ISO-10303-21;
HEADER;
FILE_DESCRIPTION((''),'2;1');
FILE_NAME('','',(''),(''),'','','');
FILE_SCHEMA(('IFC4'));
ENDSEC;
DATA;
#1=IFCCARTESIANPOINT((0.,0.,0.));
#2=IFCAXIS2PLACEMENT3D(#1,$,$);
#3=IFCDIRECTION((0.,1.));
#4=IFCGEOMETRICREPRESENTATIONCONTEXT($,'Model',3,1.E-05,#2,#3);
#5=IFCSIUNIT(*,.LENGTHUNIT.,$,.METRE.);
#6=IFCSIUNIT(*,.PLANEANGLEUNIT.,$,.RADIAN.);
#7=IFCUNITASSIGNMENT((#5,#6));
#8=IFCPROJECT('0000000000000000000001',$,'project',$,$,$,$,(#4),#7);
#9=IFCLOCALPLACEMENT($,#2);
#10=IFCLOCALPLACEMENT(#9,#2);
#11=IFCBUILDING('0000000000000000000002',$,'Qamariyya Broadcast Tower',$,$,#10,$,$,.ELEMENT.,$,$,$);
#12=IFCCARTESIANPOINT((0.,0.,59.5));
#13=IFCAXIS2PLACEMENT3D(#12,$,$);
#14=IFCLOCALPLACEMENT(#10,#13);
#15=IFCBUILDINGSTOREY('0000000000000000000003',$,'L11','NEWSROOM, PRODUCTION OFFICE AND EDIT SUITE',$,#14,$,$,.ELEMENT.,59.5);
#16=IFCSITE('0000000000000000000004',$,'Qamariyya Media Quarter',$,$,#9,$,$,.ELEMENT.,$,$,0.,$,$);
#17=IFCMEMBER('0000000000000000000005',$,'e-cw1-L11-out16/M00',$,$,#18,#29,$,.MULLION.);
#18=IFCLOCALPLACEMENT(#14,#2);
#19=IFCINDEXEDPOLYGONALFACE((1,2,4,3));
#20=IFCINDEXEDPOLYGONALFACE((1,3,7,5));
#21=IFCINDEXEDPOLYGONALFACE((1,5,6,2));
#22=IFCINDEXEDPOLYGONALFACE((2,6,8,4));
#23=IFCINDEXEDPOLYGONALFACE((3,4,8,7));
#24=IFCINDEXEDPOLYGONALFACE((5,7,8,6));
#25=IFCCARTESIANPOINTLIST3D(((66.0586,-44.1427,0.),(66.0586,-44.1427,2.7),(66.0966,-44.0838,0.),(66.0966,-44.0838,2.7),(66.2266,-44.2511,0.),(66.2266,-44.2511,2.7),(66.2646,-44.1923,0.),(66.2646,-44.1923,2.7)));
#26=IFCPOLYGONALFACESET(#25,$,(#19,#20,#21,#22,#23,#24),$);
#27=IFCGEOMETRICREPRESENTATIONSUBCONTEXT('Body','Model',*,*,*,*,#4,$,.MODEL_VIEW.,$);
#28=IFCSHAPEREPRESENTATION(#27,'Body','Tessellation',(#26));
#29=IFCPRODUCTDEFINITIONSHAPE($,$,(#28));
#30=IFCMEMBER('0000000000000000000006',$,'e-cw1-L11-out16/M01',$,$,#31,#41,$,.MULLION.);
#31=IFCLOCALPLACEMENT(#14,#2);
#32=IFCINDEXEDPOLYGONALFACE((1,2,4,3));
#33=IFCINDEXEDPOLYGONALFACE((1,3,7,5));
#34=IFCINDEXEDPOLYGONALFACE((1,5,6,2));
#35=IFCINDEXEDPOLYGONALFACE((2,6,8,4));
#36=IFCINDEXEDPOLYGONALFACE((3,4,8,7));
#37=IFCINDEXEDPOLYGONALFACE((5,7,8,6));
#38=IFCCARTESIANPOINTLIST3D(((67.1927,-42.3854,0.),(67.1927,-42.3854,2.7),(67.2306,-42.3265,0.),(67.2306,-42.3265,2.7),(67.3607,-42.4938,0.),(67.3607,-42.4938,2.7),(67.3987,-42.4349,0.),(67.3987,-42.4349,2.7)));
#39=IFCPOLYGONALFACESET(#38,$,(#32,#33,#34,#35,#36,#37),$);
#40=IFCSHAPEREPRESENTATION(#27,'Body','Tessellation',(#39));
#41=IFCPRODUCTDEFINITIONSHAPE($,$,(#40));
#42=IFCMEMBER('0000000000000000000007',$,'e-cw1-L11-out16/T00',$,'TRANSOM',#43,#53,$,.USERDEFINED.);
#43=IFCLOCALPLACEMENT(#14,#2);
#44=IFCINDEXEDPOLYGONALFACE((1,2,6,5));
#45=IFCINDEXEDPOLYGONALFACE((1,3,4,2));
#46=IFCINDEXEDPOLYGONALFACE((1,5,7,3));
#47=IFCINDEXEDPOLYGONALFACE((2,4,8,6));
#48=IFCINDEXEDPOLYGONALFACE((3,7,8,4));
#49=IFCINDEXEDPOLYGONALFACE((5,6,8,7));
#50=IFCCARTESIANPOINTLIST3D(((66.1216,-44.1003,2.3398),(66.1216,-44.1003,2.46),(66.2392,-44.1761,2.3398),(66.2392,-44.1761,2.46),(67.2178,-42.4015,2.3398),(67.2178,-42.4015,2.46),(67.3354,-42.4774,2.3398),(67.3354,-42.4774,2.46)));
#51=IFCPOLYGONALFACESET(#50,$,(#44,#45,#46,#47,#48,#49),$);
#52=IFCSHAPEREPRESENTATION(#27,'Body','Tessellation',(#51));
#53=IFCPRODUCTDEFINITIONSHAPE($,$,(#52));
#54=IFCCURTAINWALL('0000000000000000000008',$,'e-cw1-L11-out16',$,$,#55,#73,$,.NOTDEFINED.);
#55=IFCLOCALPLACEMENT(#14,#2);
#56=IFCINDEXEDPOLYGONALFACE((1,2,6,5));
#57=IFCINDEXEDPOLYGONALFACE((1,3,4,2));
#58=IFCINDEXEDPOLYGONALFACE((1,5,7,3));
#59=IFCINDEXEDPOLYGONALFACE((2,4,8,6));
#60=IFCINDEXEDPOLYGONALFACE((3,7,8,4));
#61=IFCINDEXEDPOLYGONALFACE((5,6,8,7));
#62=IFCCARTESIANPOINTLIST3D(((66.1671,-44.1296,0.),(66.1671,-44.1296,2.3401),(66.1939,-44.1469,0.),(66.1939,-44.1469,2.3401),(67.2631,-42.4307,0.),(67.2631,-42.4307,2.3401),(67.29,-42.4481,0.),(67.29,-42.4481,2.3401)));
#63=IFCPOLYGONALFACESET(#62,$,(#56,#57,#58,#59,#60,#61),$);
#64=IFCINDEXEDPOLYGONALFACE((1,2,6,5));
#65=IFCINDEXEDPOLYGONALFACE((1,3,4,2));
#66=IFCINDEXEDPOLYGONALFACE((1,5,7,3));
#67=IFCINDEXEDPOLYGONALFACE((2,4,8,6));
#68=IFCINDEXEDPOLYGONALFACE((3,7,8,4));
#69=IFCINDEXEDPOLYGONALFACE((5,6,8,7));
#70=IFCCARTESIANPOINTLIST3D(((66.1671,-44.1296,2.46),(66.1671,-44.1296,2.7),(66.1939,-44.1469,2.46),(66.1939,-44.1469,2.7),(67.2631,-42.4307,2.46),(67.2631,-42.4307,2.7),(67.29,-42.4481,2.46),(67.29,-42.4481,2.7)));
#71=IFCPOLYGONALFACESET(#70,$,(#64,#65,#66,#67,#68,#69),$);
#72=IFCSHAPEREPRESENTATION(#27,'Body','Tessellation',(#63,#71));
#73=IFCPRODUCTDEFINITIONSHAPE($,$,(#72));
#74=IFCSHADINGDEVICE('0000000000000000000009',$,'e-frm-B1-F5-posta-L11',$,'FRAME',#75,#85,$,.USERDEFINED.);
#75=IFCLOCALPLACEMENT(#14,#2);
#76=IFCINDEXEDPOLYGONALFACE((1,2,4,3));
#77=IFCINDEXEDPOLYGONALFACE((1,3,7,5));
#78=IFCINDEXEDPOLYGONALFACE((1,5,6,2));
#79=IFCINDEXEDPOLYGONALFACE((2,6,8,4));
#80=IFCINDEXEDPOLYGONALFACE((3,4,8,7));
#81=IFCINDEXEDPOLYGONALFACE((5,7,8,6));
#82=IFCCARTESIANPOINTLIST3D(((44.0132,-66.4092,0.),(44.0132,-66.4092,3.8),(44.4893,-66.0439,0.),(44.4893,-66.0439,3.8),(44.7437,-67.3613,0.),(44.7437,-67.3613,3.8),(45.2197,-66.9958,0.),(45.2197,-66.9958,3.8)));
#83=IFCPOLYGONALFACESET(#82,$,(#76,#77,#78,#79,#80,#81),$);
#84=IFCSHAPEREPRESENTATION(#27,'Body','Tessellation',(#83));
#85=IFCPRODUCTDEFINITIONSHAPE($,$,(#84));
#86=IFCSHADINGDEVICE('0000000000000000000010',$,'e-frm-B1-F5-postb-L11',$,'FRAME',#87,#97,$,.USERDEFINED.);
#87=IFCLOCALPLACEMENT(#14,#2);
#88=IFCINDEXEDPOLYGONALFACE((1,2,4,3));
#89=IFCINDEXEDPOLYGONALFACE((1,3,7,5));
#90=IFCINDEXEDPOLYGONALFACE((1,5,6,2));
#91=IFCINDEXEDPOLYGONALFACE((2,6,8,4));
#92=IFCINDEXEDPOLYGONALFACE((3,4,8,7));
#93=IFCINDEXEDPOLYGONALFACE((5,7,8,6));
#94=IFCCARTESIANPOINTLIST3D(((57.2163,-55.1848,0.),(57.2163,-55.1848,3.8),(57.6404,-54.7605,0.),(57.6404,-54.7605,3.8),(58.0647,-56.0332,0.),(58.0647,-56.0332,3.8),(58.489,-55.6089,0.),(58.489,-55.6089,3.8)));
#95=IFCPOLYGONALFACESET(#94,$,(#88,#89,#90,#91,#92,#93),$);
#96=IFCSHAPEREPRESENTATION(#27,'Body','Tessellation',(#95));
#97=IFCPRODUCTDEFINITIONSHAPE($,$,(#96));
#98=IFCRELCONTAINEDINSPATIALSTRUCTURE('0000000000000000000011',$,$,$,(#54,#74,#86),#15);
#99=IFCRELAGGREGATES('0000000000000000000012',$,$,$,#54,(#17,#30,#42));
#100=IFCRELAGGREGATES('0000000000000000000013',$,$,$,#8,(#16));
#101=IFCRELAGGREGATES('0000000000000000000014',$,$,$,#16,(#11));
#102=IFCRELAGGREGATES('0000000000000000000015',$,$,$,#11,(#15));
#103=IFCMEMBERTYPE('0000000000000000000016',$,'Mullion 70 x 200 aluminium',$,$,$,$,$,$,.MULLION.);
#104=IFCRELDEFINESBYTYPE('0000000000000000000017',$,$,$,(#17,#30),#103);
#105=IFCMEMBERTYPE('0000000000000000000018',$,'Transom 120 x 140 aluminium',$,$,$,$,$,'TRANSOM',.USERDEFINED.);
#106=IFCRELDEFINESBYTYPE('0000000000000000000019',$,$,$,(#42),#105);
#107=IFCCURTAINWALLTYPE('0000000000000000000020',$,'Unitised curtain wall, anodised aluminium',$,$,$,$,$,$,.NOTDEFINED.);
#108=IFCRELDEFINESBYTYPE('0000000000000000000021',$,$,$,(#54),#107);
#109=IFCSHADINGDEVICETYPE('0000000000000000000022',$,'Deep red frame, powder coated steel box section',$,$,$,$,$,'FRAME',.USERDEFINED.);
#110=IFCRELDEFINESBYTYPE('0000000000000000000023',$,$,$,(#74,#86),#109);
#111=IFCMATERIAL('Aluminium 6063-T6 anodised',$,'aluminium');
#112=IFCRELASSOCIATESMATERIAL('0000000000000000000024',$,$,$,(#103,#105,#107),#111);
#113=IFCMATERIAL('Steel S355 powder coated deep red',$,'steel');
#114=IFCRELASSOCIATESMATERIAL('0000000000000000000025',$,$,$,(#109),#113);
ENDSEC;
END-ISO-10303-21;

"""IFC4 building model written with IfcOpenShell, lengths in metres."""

from ifc_helpers import new_model, si_unit, direction, frame, origin, origin_2d, place, context, subcontext, project, spatial, polyline, rectangle, outline, extrude, material, material_profile, profile_set, type_object, element, aggregate, save


model = new_model("IFC4")

# Units and contexts
model_context = context("Model", 3, precision=1e-05, world=origin(), true_north=direction((0.0, 1.0)))
body_context = subcontext(model_context, "Body", "Model", "MODEL_VIEW")
ifc_project = project(units=[si_unit("LENGTHUNIT", "METRE"), si_unit("PLANEANGLEUNIT", "RADIAN")], contexts=[model_context])

# Members
ifc_material_1 = material(Name="Aluminium 6063-T6 anodised", Category="aluminium")
ifc_material_profile_1 = material_profile(ifc_material_1, rectangle(XDim=0.2, YDim=0.0701, at=origin_2d()))
ifc_profile_set_1 = profile_set([ifc_material_profile_1], Name="Aluminium 6063-T6 anodised")
member_type_1 = type_object("IfcMemberType", Name="Mullion 70 x 200 aluminium", PredefinedType="MULLION", material=ifc_profile_set_1)
site_placement = place(None, origin())
building_placement = place(site_placement, origin())
storey_placement = place(building_placement, frame((0.0, 0.0, 59.5)))
member_1_placement = place(storey_placement, frame((66.1616, -44.1675, 0.0), z_axis=(0.0, 0.0, 1.0), x_axis=(-0.840245, 0.542207, 0.0)))
member_1 = element("IfcMember", 1, at=member_1_placement, type_object=member_type_1, Name="e-cw1-L11-out16/M00", PredefinedType="MULLION", context=body_context, shape_type="SweptSolid", body=[
    extrude(rectangle(XDim=0.2, YDim=0.0701, at=origin_2d()), origin(), (0.0, 0.0, 1.0), 2.7),
])
member_2_placement = place(storey_placement, frame((67.2957, -42.4102, 0.0), z_axis=(0.0, 0.0, 1.0), x_axis=(-0.840245, 0.542207, 0.0)))
member_2 = element("IfcMember", 2, at=member_2_placement, type_object=member_type_1, Name="e-cw1-L11-out16/M01", PredefinedType="MULLION", context=body_context, shape_type="SweptSolid", body=[
    extrude(rectangle(XDim=0.2, YDim=0.0701, at=origin_2d()), origin(), (0.0, 0.0, 1.0), 2.7),
])
ifc_material_profile_2 = material_profile(ifc_material_1, rectangle(XDim=0.1399, YDim=0.1201, at=origin_2d()))
ifc_profile_set_2 = profile_set([ifc_material_profile_2], Name="Aluminium 6063-T6 anodised")
member_type_2 = type_object("IfcMemberType", Name="Transom 120 x 140 aluminium", ElementType="TRANSOM", PredefinedType="USERDEFINED", material=ifc_profile_set_2)
member_3_placement = place(storey_placement, frame((66.1804, -44.1382, 2.3999), z_axis=(0.542209, 0.840243, 0.0), x_axis=(-0.840243, 0.542209, 0.0)))
member_3 = element("IfcMember", 3, at=member_3_placement, type_object=member_type_2, Name="e-cw1-L11-out16/T00", ObjectType="TRANSOM", PredefinedType="USERDEFINED", context=body_context, shape_type="SweptSolid", body=[
    extrude(rectangle(XDim=0.1399, YDim=0.1201, at=origin_2d()), origin(), (0.0, 0.0, 1.0), 2.0217),
])

# Site, building, storey
site = spatial("IfcSite", under=ifc_project, at=site_placement, Name="Qamariyya Media Quarter", CompositionType="ELEMENT", RefElevation=0.0)
building = spatial("IfcBuilding", under=site, at=building_placement, Name="Qamariyya Broadcast Tower", CompositionType="ELEMENT")
storey = spatial("IfcBuildingStorey", under=building, at=storey_placement, Name="L11", Description="NEWSROOM, PRODUCTION OFFICE AND EDIT SUITE", CompositionType="ELEMENT", Elevation=59.5)

# Curtain wall
curtain_wall_type = type_object("IfcCurtainWallType", Name="Unitised curtain wall, anodised aluminium", PredefinedType="NOTDEFINED", material=ifc_material_1)
curtain_wall_1_placement = place(storey_placement, origin())
curtain_wall_1 = element("IfcCurtainWall", 4, at=curtain_wall_1_placement, inside=storey, type_object=curtain_wall_type, Name="e-cw1-L11-out16", PredefinedType="NOTDEFINED", context=body_context, shape_type="SweptSolid", body=[
    extrude(rectangle(XDim=2.0217, YDim=0.032, at=origin_2d()), frame((66.7285, -43.2888, 0.0), x_axis=(0.542127, 0.840297, 0.0)), (0.0, 0.0, 1.0), 2.3401),
    extrude(rectangle(XDim=2.0217, YDim=0.032, at=origin_2d()), frame((66.7285, -43.2888, 2.46), x_axis=(0.542127, 0.840297, 0.0)), (0.0, 0.0, 1.0), 0.24),
])
aggregate(curtain_wall_1, [member_1, member_2, member_3])

# Shading devices
ifc_material_2 = material(Name="Steel S355 powder coated deep red", Category="steel")
shading_device_type = type_object("IfcShadingDeviceType", Name="Deep red frame, powder coated steel box section", ElementType="FRAME", PredefinedType="USERDEFINED", material=ifc_material_2)
shading_device_1_placement = place(storey_placement, origin())
element("IfcShadingDevice", 5, at=shading_device_1_placement, inside=storey, type_object=shading_device_type, Name="e-frm-B1-F5-posta-L11", ObjectType="FRAME", PredefinedType="USERDEFINED", context=body_context, shape_type="SweptSolid", body=[
    extrude(outline(polyline([(44.0132, -66.4092), (44.7437, -67.3613), (45.2197, -66.9958), (44.4893, -66.0439), (44.0132, -66.4092)])), origin(), (0.0, 0.0, 1.0), 3.8),
])
shading_device_2_placement = place(storey_placement, origin())
element("IfcShadingDevice", 6, at=shading_device_2_placement, inside=storey, type_object=shading_device_type, Name="e-frm-B1-F5-postb-L11", ObjectType="FRAME", PredefinedType="USERDEFINED", context=body_context, shape_type="SweptSolid", body=[
    extrude(outline(polyline([(57.2163, -55.1848), (58.0647, -56.0332), (58.489, -55.6089), (57.6404, -54.7605), (57.2163, -55.1848)])), origin(), (0.0, 0.0, 1.0), 3.8),
])

save(model, "model.ifc")
